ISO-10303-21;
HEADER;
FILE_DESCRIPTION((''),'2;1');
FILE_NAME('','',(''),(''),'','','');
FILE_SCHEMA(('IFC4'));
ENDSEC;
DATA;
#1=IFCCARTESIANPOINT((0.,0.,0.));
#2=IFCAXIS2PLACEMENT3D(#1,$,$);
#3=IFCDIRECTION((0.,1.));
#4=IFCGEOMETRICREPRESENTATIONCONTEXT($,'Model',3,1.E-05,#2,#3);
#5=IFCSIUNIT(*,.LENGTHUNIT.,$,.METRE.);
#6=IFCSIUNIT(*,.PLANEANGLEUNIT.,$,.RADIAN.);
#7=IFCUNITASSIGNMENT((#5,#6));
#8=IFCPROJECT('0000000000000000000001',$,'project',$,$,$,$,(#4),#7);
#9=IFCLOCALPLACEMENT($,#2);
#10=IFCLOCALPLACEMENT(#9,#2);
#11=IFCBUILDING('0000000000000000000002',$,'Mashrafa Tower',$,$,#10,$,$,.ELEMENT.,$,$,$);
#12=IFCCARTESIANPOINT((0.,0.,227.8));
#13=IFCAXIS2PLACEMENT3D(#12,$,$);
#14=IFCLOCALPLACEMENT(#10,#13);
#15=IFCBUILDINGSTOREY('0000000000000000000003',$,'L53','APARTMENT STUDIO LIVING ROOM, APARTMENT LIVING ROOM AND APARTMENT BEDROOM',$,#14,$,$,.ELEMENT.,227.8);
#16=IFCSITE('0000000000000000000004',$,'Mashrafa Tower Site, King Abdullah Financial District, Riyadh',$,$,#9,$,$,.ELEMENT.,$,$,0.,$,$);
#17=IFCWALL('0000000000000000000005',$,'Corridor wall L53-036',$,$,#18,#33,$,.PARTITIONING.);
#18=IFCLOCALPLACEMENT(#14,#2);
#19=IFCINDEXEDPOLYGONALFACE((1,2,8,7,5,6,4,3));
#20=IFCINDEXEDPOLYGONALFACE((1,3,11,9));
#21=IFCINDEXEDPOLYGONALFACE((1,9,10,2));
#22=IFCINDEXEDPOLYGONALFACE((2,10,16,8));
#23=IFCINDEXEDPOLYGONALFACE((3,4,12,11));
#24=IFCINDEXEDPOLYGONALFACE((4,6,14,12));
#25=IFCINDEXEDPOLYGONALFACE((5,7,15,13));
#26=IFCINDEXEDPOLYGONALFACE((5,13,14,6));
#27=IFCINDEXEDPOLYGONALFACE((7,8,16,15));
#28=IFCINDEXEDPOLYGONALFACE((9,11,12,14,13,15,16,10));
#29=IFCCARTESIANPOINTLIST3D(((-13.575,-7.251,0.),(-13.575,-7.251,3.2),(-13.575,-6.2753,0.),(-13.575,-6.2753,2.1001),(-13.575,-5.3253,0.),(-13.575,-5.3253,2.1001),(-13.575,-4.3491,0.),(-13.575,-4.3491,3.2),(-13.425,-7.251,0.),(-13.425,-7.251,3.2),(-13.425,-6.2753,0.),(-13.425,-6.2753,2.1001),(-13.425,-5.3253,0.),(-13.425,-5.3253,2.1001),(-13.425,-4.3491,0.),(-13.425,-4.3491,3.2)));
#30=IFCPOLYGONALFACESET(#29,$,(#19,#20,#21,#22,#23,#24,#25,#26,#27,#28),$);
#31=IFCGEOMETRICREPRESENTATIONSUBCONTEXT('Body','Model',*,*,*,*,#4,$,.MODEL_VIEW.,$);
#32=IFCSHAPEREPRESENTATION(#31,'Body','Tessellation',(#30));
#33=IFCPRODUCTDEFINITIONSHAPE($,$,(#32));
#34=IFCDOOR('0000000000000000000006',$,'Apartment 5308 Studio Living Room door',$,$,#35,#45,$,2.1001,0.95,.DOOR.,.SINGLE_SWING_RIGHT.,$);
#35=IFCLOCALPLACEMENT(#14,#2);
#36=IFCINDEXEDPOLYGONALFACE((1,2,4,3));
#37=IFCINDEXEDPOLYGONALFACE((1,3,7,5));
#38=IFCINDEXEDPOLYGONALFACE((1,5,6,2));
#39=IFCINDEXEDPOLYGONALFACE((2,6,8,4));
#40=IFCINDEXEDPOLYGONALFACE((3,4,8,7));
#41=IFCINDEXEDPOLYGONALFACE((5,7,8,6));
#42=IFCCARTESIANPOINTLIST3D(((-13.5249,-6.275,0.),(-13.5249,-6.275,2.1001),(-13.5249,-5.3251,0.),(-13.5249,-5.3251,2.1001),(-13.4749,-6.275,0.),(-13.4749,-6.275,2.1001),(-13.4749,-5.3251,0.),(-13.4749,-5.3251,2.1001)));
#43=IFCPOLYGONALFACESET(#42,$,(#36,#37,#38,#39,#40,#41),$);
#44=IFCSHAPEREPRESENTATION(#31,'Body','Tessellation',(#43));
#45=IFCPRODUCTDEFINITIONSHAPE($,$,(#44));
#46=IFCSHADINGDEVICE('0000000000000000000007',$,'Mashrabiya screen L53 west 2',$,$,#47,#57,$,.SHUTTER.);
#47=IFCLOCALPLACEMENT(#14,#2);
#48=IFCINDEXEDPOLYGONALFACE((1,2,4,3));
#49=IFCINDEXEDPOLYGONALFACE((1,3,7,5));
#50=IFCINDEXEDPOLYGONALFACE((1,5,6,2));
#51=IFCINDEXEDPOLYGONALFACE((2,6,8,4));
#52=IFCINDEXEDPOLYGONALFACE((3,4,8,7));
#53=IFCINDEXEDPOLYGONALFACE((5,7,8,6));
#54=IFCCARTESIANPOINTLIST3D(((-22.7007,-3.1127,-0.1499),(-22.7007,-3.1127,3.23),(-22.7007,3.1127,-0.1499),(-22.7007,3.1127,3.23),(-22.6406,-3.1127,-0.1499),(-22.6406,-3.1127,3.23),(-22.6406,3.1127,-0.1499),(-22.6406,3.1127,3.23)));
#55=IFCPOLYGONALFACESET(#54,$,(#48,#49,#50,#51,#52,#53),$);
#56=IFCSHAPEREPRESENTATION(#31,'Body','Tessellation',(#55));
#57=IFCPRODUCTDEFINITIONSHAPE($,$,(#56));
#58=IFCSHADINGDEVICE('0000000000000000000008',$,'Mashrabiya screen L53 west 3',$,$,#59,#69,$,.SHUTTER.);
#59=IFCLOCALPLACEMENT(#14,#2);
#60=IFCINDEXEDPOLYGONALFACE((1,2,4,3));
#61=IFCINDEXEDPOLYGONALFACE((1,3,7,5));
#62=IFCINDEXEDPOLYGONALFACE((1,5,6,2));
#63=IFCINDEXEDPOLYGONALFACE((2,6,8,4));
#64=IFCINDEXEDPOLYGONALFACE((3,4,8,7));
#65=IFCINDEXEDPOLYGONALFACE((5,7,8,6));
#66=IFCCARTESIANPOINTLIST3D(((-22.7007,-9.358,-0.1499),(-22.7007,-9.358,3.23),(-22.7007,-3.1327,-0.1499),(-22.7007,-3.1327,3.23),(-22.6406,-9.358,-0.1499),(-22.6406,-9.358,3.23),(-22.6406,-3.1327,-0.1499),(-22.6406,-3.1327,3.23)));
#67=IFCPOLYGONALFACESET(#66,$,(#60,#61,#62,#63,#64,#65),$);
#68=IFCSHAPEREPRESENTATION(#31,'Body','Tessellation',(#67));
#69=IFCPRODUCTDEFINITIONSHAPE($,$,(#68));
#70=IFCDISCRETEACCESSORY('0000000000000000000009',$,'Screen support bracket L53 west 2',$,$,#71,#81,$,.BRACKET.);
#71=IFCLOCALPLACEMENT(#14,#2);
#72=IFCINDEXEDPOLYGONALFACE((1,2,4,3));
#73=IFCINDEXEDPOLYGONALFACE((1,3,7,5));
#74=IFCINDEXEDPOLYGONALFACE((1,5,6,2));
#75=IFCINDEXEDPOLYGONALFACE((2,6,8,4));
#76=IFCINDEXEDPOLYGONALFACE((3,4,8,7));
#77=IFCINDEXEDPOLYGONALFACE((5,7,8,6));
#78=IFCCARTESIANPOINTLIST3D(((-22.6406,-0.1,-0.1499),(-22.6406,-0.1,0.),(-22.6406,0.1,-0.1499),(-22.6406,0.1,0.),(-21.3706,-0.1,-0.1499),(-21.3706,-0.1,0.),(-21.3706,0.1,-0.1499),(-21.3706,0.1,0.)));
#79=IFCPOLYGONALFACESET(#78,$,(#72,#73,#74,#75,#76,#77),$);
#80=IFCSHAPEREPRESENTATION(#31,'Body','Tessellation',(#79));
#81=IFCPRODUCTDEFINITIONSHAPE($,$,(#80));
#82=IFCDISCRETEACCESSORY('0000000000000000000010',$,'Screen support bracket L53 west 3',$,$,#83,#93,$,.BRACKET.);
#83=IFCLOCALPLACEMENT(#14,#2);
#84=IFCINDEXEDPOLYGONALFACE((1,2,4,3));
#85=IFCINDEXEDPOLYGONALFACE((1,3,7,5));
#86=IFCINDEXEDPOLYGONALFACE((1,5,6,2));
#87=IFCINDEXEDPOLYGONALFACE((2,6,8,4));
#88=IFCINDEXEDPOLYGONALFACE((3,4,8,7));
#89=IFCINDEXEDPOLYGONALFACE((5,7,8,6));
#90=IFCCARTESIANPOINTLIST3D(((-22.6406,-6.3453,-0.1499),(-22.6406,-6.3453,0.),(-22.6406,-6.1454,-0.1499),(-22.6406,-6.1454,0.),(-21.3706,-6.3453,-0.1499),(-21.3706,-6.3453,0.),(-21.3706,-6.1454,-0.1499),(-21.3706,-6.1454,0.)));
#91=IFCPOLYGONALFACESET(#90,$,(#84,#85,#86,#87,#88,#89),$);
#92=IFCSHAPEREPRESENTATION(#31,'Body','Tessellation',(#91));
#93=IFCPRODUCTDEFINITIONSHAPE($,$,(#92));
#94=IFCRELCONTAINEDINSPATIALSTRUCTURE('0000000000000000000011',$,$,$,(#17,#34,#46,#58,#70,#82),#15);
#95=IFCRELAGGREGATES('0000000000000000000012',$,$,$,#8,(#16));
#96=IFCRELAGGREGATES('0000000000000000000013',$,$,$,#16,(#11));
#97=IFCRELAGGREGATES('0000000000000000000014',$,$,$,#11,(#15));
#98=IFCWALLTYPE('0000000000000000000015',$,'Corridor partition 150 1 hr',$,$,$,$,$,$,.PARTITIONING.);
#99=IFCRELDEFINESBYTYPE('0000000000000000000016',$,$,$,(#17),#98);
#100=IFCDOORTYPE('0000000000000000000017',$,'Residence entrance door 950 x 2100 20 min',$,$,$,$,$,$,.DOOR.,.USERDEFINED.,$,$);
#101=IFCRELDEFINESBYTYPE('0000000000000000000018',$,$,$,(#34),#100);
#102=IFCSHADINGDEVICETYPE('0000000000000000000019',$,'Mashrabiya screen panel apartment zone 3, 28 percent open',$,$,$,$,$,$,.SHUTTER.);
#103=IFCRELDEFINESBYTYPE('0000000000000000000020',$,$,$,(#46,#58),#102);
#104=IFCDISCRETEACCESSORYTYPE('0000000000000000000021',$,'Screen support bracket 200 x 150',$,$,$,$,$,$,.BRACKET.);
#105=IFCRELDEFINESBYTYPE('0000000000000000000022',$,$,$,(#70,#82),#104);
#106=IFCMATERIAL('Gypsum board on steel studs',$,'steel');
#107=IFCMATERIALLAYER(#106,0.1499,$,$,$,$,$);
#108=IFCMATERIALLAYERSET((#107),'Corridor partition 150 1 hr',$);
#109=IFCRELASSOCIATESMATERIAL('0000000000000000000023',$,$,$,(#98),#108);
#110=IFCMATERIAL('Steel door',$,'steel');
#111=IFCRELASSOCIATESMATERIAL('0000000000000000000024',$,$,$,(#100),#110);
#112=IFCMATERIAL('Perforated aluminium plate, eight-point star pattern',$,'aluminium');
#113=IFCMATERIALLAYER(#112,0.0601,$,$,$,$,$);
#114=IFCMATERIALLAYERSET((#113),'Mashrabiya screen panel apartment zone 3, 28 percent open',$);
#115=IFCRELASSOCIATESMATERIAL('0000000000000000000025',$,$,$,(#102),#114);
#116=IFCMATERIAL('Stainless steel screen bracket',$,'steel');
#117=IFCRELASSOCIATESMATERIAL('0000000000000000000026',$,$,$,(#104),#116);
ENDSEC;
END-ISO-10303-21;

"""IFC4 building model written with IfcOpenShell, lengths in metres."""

from ifc_helpers import new_model, si_unit, direction, frame, frame_2d, origin, origin_2d, place, context, subcontext, project, spatial, rectangle, extrude, source, transform, mapped, material, layer, layer_set, type_object, type_shapes, element, fill, save


model = new_model("IFC4")

# Units and contexts
model_context = context("Model", 3, precision=1e-05, world=origin(), true_north=direction((0.0, 1.0)))
body_context = subcontext(model_context, "Body", "Model", "MODEL_VIEW")
ifc_project = project(units=[si_unit("LENGTHUNIT", "METRE"), si_unit("PLANEANGLEUNIT", "RADIAN")], contexts=[model_context])

# Site, building, storey
site_placement = place(None, origin())
site = spatial("IfcSite", under=ifc_project, at=site_placement, Name="Mashrafa Tower Site, King Abdullah Financial District, Riyadh", CompositionType="ELEMENT", RefElevation=0.0)
building_placement = place(site_placement, origin())
building = spatial("IfcBuilding", under=site, at=building_placement, Name="Mashrafa Tower", CompositionType="ELEMENT")
storey_placement = place(building_placement, frame((0.0, 0.0, 227.8)))
storey = spatial("IfcBuildingStorey", under=building, at=storey_placement, Name="L53", Description="APARTMENT STUDIO LIVING ROOM, APARTMENT LIVING ROOM AND APARTMENT BEDROOM", CompositionType="ELEMENT", Elevation=227.8)

# Shared definitions
ifc_material_1 = material(Name="Gypsum board on steel studs", Category="steel")
ifc_layer_1 = layer(ifc_material_1, 0.1499)
ifc_layer_set_1 = layer_set([ifc_layer_1], Name="Corridor partition 150 1 hr")
wall_type_1 = type_object("IfcWallType", Name="Corridor partition 150 1 hr", PredefinedType="PARTITIONING", material=ifc_layer_set_1)

# Shared definitions
ifc_material_2 = material(Name="Steel door", Category="steel")
door_type = type_object("IfcDoorType", Name="Residence entrance door 950 x 2100 20 min", OperationType="USERDEFINED", PredefinedType="DOOR", material=ifc_material_2)

# Wall, opening, door
wall_1_placement = place(storey_placement, frame((-13.5, -4.3491, 0.0), z_axis=(0.0, 0.0, 1.0), x_axis=(0.0, -1.0, 0.0)))
wall_1 = element("IfcWall", 1, at=wall_1_placement, inside=storey, type_object=wall_type_1, Name="Corridor wall L53-036", PredefinedType="PARTITIONING", context=body_context, shape_type="SweptSolid", body=[
    extrude(rectangle(XDim=2.9019, YDim=0.1499, at=frame_2d((1.4509, 0.0))), origin(), (0.0, 0.0, 1.0), 3.2),
])
opening_1_placement = place(wall_1_placement, frame((0.9761, 0.0, 0.0)))
opening_1 = element("IfcOpeningElement", 2, at=opening_1_placement, cuts=wall_1, PredefinedType="OPENING", context=body_context, shape_type="SweptSolid", body=[
    extrude(rectangle(XDim=0.95, YDim=2.1001, at=frame_2d((0.4751, 1.05))), frame((0.0, 0.085, 0.0), z_axis=(0.0, -1.0, 0.0), x_axis=(1.0, 0.0, 0.0)), (0.0, 0.0, 1.0), 0.1699),
])
door_1_placement = place(opening_1_placement, frame((0.95, 0.0, 0.0), z_axis=(0.0, 0.0, 1.0), x_axis=(-1.0, 0.0, 0.0)))
door_1 = element("IfcDoor", 3, at=door_1_placement, inside=storey, type_object=door_type, Name="Apartment 5308 Studio Living Room door", OperationType="SINGLE_SWING_RIGHT", OverallHeight=2.1001, OverallWidth=0.95, PredefinedType="DOOR", context=body_context, shape_type="SweptSolid", body=[
    extrude(rectangle(XDim=0.95, YDim=2.1001, at=frame_2d((0.4751, 1.05))), frame((0.0, 0.0249, 0.0), z_axis=(0.0, -1.0, 0.0), x_axis=(1.0, 0.0, 0.0)), (0.0, 0.0, 1.0), 0.05),
])
fill(opening_1, door_1)

# Shading devices
ifc_material_3 = material(Name="Perforated aluminium plate, eight-point star pattern", Category="aluminium")
ifc_layer_2 = layer(ifc_material_3, 0.0601)
ifc_layer_set_2 = layer_set([ifc_layer_2], Name="Mashrabiya screen panel apartment zone 3, 28 percent open")
shading_device_type = type_object("IfcShadingDeviceType", Name="Mashrabiya screen panel apartment zone 3, 28 percent open", PredefinedType="SHUTTER", material=ifc_layer_set_2)
shared_shape_1 = source(origin(), body_context, "Body", "SweptSolid", [
    extrude(rectangle(XDim=6.2253, YDim=0.0601, at=origin_2d()), origin(), (0.0, 0.0, 1.0), 3.3799),
])
type_shapes(shading_device_type, [shared_shape_1])
for number, where, z_axis, x_axis, name in (
    (4, (-22.6707, 0.0, -0.1499), (0.0, 0.0, 1.0), (0.0, -1.0, 0.0), "Mashrabiya screen L53 west 2"),
    (5, (-22.6707, -6.2454, -0.1499), (0.0, 0.0, 1.0), (0.0, -1.0, 0.0), "Mashrabiya screen L53 west 3"),
):
    element("IfcShadingDevice", number, at=place(storey_placement, frame(where, z_axis=z_axis, x_axis=x_axis)), inside=storey, type_object=shading_device_type, Name=name, PredefinedType="SHUTTER", context=body_context, shape_type="MappedRepresentation", body=[
        mapped(shared_shape_1, transform((0.0, 0.0, 0.0))),
    ])

# Discrete accessories
ifc_material_4 = material(Name="Stainless steel screen bracket", Category="steel")
discrete_accessory_type = type_object("IfcDiscreteAccessoryType", Name="Screen support bracket 200 x 150", PredefinedType="BRACKET", material=ifc_material_4)
shared_shape_2 = source(origin(), body_context, "Body", "SweptSolid", [
    extrude(rectangle(XDim=0.2, YDim=1.27, at=origin_2d()), origin(), (0.0, 0.0, 1.0), 0.1499),
])
type_shapes(discrete_accessory_type, [shared_shape_2])
for number, where, z_axis, x_axis, name in (
    (6, (-22.0056, 0.0, -0.1499), (0.0, 0.0, 1.0), (0.0, -1.0, 0.0), "Screen support bracket L53 west 2"),
    (7, (-22.0056, -6.2454, -0.1499), (0.0, 0.0, 1.0), (0.0, -1.0, 0.0), "Screen support bracket L53 west 3"),
):
    element("IfcDiscreteAccessory", number, at=place(storey_placement, frame(where, z_axis=z_axis, x_axis=x_axis)), inside=storey, type_object=discrete_accessory_type, Name=name, PredefinedType="BRACKET", context=body_context, shape_type="MappedRepresentation", body=[
        mapped(shared_shape_2, transform((0.0, 0.0, 0.0))),
    ])

save(model, "model.ifc")
